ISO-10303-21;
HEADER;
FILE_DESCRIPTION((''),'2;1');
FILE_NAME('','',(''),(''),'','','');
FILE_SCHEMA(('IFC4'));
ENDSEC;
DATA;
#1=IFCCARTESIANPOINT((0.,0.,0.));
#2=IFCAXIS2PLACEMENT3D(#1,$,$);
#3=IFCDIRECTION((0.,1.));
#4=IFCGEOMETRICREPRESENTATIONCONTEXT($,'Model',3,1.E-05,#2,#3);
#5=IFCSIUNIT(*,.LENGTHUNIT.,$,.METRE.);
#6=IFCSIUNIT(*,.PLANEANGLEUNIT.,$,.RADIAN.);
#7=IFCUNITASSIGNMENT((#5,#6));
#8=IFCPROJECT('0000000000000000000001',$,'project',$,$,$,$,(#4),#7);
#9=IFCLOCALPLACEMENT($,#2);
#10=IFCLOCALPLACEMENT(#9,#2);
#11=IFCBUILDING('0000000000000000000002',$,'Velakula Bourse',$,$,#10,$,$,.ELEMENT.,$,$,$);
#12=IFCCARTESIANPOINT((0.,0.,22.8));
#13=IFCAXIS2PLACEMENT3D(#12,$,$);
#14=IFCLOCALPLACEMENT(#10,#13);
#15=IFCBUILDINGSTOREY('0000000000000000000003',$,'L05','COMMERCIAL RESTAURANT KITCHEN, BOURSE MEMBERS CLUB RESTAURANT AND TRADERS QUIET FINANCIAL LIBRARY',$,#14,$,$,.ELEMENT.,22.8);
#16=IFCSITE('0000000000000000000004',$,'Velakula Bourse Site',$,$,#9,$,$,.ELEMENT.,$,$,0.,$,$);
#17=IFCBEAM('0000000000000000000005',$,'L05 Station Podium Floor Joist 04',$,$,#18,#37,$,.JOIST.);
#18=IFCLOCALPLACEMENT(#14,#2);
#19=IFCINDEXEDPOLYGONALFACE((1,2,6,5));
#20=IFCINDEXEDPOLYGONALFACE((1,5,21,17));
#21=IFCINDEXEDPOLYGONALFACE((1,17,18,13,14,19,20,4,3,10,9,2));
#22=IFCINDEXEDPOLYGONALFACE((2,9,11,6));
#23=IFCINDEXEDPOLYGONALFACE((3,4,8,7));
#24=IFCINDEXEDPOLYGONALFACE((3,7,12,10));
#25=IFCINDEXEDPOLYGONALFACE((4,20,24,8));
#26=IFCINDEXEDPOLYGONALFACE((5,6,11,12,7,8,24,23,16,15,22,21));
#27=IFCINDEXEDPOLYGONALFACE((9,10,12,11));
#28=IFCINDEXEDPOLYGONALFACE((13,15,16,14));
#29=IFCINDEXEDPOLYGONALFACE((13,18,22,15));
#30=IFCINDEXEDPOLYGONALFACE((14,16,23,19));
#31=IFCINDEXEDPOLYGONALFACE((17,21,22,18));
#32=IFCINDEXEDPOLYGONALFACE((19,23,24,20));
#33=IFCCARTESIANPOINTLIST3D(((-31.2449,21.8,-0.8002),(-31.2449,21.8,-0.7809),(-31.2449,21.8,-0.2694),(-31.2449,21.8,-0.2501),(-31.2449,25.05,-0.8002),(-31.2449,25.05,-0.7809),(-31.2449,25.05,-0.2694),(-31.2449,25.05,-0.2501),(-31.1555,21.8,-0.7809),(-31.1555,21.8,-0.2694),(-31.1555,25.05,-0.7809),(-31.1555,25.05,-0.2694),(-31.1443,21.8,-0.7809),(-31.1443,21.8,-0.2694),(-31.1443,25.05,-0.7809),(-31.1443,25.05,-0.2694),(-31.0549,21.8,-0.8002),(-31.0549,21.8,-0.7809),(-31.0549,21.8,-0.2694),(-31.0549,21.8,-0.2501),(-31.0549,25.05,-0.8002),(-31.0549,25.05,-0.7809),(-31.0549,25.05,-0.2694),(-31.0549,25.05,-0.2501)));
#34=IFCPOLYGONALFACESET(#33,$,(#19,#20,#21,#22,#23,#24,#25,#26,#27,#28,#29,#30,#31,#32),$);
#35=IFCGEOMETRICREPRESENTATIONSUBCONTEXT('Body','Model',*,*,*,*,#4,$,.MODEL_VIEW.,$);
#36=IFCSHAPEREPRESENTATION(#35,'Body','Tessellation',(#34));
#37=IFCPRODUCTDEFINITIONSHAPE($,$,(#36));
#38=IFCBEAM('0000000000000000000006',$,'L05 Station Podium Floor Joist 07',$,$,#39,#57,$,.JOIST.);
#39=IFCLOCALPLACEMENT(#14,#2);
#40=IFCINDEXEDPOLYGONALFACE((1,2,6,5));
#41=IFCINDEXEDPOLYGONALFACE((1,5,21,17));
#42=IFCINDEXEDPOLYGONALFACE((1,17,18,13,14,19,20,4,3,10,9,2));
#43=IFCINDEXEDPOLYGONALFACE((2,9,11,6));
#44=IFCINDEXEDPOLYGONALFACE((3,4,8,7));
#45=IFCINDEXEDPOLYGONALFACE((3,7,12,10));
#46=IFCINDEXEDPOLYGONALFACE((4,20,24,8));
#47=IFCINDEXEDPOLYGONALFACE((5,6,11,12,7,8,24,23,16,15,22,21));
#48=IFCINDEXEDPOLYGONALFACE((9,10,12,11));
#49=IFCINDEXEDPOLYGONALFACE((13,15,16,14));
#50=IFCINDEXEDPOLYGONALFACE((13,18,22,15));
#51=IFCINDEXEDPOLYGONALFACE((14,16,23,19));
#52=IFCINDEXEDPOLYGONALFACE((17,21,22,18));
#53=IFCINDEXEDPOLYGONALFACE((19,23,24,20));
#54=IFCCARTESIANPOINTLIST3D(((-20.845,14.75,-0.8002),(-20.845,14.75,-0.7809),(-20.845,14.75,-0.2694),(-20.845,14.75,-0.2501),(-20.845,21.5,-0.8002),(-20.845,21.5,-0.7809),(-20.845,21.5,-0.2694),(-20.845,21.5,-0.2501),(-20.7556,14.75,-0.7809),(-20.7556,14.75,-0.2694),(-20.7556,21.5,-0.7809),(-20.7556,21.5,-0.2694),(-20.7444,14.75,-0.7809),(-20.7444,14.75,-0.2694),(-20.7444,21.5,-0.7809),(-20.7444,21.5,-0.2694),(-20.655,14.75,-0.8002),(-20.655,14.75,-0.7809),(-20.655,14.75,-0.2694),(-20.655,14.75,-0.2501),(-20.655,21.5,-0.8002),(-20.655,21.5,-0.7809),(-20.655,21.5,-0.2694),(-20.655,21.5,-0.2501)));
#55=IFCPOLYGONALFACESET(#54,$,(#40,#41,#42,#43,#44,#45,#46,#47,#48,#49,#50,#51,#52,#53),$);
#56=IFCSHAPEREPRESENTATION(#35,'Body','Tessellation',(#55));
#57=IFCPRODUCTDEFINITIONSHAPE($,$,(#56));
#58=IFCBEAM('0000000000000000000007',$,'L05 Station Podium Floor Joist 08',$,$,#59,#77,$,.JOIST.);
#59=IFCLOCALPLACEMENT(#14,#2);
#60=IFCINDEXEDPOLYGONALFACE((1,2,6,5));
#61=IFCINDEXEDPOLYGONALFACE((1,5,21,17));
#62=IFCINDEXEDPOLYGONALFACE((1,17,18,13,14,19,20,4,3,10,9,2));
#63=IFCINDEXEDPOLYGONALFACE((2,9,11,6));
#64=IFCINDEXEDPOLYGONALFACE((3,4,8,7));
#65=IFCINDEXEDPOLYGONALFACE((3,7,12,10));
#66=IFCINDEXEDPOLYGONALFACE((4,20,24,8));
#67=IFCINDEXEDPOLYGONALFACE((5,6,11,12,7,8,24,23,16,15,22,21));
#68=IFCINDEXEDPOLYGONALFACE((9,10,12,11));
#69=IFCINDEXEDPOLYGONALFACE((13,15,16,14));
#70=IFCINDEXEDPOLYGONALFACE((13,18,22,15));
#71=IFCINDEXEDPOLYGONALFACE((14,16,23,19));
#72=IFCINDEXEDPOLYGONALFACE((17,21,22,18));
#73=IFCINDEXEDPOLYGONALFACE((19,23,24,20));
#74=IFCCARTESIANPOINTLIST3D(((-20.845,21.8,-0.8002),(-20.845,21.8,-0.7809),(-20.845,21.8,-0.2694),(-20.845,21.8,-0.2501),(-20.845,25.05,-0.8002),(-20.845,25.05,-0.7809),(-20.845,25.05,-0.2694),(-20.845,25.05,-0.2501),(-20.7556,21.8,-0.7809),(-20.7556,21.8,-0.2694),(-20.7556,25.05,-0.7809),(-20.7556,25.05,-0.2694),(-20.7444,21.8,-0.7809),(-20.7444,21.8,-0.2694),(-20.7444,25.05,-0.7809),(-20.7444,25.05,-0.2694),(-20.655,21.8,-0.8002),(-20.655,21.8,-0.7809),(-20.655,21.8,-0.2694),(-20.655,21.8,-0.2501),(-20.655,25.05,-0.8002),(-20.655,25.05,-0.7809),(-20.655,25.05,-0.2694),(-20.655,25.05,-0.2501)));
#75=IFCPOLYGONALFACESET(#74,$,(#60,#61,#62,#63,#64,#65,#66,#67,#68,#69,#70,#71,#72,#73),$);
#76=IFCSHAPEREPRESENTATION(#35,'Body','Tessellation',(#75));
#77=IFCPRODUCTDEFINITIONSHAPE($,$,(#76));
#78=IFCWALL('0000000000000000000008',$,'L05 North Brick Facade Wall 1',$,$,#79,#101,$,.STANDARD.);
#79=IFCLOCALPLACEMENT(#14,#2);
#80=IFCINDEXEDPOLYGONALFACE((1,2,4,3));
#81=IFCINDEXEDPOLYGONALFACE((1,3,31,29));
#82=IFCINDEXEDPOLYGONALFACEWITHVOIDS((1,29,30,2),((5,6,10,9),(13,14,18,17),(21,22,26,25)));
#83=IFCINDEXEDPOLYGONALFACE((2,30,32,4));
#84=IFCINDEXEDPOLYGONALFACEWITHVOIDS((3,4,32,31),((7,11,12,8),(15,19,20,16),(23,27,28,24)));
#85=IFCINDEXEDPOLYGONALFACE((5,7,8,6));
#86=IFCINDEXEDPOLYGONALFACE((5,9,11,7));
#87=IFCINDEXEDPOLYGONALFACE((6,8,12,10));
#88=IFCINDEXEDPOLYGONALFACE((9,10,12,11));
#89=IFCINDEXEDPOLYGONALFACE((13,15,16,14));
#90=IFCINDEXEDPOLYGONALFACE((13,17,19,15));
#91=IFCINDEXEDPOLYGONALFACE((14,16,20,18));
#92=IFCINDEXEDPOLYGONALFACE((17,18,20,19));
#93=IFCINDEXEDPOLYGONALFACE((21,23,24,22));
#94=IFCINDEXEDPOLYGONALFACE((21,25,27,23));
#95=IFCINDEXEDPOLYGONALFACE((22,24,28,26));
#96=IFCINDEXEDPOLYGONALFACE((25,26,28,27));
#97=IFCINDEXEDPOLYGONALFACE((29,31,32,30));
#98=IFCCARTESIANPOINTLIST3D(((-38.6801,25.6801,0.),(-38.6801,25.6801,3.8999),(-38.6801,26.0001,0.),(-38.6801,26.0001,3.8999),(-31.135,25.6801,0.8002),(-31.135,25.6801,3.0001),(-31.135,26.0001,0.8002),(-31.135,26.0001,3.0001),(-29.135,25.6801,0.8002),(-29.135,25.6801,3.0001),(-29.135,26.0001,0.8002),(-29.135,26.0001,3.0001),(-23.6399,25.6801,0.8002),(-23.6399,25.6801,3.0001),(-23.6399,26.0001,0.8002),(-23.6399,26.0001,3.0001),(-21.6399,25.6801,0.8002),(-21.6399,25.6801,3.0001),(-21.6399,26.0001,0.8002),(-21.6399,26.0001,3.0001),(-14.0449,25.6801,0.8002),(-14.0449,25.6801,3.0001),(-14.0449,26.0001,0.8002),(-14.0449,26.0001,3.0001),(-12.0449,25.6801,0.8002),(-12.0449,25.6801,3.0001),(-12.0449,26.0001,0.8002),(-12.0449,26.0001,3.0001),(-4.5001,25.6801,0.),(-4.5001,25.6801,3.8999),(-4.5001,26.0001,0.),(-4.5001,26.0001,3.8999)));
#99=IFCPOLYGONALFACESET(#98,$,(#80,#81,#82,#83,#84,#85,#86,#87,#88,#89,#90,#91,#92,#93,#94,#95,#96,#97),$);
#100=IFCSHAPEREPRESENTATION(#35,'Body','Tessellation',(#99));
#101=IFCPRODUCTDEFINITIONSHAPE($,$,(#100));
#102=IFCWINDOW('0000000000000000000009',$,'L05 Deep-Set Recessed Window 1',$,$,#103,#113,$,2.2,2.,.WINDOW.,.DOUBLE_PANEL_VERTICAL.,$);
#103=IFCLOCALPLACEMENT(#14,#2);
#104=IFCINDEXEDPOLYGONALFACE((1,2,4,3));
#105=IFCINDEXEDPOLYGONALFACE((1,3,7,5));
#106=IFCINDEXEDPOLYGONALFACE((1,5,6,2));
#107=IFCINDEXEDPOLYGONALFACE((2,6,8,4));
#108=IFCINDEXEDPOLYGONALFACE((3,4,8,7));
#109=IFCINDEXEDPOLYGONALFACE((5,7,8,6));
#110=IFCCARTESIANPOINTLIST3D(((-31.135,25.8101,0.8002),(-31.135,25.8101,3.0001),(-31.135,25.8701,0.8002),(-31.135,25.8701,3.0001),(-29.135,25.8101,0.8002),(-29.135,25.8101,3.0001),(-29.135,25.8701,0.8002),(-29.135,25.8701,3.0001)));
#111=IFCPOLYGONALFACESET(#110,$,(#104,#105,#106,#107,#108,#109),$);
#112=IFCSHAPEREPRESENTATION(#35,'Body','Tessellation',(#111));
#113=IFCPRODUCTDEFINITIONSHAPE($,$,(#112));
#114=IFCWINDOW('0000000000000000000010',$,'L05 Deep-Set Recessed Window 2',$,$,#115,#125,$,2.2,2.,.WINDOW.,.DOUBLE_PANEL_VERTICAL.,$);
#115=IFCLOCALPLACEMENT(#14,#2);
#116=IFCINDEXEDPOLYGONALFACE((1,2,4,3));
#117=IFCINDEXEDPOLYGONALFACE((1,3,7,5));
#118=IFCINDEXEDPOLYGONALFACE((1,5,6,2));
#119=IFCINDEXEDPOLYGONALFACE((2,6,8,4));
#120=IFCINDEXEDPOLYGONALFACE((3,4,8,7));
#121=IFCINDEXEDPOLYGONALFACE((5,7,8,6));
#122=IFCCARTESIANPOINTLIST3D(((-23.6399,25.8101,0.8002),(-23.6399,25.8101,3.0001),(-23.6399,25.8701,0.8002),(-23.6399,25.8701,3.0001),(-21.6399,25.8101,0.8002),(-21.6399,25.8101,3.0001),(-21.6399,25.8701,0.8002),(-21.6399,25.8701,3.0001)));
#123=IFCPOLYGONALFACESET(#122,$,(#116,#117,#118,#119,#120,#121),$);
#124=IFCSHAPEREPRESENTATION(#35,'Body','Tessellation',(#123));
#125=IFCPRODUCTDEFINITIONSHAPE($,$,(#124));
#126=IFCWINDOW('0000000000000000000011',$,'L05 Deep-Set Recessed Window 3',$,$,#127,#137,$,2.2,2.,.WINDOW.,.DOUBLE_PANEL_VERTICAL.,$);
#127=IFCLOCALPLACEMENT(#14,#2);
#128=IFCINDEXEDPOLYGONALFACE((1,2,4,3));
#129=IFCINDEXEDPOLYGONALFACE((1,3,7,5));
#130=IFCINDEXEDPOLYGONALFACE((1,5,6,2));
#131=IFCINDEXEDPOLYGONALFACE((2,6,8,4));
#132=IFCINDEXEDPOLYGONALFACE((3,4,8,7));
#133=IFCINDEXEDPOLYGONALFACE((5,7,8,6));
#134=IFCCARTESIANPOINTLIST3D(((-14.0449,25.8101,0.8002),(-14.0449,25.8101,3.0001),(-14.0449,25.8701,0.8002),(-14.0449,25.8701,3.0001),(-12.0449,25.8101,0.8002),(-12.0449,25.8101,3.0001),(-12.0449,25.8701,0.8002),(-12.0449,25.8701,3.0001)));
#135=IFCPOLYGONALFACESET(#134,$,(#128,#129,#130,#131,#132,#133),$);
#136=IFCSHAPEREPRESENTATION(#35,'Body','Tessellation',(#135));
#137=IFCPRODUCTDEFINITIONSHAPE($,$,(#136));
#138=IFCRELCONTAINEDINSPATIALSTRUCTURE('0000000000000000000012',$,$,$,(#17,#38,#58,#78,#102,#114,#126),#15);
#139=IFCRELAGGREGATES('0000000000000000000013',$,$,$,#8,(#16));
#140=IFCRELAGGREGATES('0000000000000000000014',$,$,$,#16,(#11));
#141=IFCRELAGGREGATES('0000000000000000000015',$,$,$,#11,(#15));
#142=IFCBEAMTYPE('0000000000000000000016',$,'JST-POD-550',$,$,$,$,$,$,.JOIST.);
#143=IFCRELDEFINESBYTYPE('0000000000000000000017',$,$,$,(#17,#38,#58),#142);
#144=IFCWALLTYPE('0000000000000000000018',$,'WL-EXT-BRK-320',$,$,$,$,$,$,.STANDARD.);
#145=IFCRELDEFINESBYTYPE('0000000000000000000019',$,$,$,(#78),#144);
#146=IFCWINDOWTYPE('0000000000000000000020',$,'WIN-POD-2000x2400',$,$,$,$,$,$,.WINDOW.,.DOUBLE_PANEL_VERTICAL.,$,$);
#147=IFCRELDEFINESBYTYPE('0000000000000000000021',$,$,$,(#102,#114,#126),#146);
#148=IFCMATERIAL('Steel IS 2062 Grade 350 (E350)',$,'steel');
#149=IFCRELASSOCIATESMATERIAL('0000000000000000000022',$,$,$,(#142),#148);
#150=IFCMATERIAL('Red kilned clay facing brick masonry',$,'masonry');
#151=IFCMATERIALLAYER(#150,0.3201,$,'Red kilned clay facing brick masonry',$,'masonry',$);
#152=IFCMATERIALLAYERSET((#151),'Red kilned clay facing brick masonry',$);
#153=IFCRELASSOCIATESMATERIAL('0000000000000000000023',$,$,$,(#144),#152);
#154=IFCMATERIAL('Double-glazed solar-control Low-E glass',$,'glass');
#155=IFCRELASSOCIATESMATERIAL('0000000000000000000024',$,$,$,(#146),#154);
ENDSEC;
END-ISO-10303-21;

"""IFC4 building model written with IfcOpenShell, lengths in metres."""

from ifc_helpers import new_model, si_unit, direction, frame, frame_2d, origin, origin_2d, place, context, subcontext, project, spatial, rectangle, i_section, extrude, material, layer, layer_set, material_profile, profile_set, type_object, element, fill, save


model = new_model("IFC4")

# Units and contexts
model_context = context("Model", 3, precision=1e-05, world=origin(), true_north=direction((0.0, 1.0)))
body_context = subcontext(model_context, "Body", "Model", "MODEL_VIEW")
ifc_project = project(units=[si_unit("LENGTHUNIT", "METRE"), si_unit("PLANEANGLEUNIT", "RADIAN")], contexts=[model_context])

# Site, building, storey
site_placement = place(None, origin())
site = spatial("IfcSite", under=ifc_project, at=site_placement, Name="Velakula Bourse Site", CompositionType="ELEMENT", RefElevation=0.0)
building_placement = place(site_placement, origin())
building = spatial("IfcBuilding", under=site, at=building_placement, Name="Velakula Bourse", CompositionType="ELEMENT")
storey_placement = place(building_placement, frame((0.0, 0.0, 22.8)))
storey = spatial("IfcBuildingStorey", under=building, at=storey_placement, Name="L05", Description="COMMERCIAL RESTAURANT KITCHEN, BOURSE MEMBERS CLUB RESTAURANT AND TRADERS QUIET FINANCIAL LIBRARY", CompositionType="ELEMENT", Elevation=22.8)

# Beams
ifc_material_1 = material(Name="Steel IS 2062 Grade 350 (E350)", Category="steel")
ifc_material_profile_1 = material_profile(ifc_material_1, i_section(OverallWidth=0.1899, OverallDepth=0.55, WebThickness=0.0112, FlangeThickness=0.0193, at=origin_2d()), Name="Steel IS 2062 Grade 350 (E350)")
ifc_profile_set_1 = profile_set([ifc_material_profile_1], Name="Steel IS 2062 Grade 350 (E350)")
beam_type_1 = type_object("IfcBeamType", Name="JST-POD-550", PredefinedType="JOIST", material=ifc_profile_set_1)
beam_1_placement = place(storey_placement, frame((-31.1499, 21.8, -0.5251), z_axis=(0.0, 1.0, 0.0), x_axis=(-1.0, 0.0, 0.0)))
element("IfcBeam", 1, at=beam_1_placement, inside=storey, type_object=beam_type_1, Name="L05 Station Podium Floor Joist 04", PredefinedType="JOIST", context=body_context, shape_type="SweptSolid", body=[
    extrude(i_section(OverallWidth=0.1899, OverallDepth=0.55, WebThickness=0.0112, FlangeThickness=0.0193, at=origin_2d()), origin(), (0.0, 0.0, 1.0), 3.25),
])
beam_2_placement = place(storey_placement, frame((-20.75, 14.75, -0.5251), z_axis=(0.0, 1.0, 0.0), x_axis=(-1.0, 0.0, 0.0)))
element("IfcBeam", 2, at=beam_2_placement, inside=storey, type_object=beam_type_1, Name="L05 Station Podium Floor Joist 07", PredefinedType="JOIST", context=body_context, shape_type="SweptSolid", body=[
    extrude(i_section(OverallWidth=0.1899, OverallDepth=0.55, WebThickness=0.0112, FlangeThickness=0.0193, at=origin_2d()), origin(), (0.0, 0.0, 1.0), 6.75),
])
beam_3_placement = place(storey_placement, frame((-20.75, 21.8, -0.5251), z_axis=(0.0, 1.0, 0.0), x_axis=(-1.0, 0.0, 0.0)))
element("IfcBeam", 3, at=beam_3_placement, inside=storey, type_object=beam_type_1, Name="L05 Station Podium Floor Joist 08", PredefinedType="JOIST", context=body_context, shape_type="SweptSolid", body=[
    extrude(i_section(OverallWidth=0.1899, OverallDepth=0.55, WebThickness=0.0112, FlangeThickness=0.0193, at=origin_2d()), origin(), (0.0, 0.0, 1.0), 3.25),
])

# Wall, openings, windows
ifc_material_2 = material(Name="Red kilned clay facing brick masonry", Category="masonry")
ifc_layer = layer(ifc_material_2, 0.3201, Name="Red kilned clay facing brick masonry", Category="masonry")
ifc_layer_set = layer_set([ifc_layer], Name="Red kilned clay facing brick masonry")
wall_type = type_object("IfcWallType", Name="WL-EXT-BRK-320", PredefinedType="STANDARD", material=ifc_layer_set)
wall_placement = place(storey_placement, frame((-38.6799, 25.8401, 0.0), z_axis=(0.0, 0.0, 1.0), x_axis=(1.0, 0.0, 0.0)))
wall = element("IfcWall", 4, at=wall_placement, inside=storey, type_object=wall_type, Name="L05 North Brick Facade Wall 1", PredefinedType="STANDARD", context=body_context, shape_type="SweptSolid", body=[
    extrude(rectangle(XDim=34.1799, YDim=0.3201, at=frame_2d((17.0898, 0.0))), origin(), (0.0, 0.0, 1.0), 3.8999),
])
opening_1_placement = place(wall_placement, frame((7.5449, 0.0, 0.8)))
opening_1 = element("IfcOpeningElement", 5, at=opening_1_placement, cuts=wall, PredefinedType="OPENING", context=body_context, shape_type="SweptSolid", body=[
    extrude(rectangle(XDim=2.0, YDim=2.2, at=frame_2d((1.0, 1.1001))), frame((0.0, 0.1699, 0.0), z_axis=(0.0, -1.0, 0.0), x_axis=(1.0, 0.0, 0.0)), (0.0, 0.0, 1.0), 0.3401),
])
opening_2_placement = place(wall_placement, frame((15.04, 0.0, 0.8)))
opening_2 = element("IfcOpeningElement", 6, at=opening_2_placement, cuts=wall, PredefinedType="OPENING", context=body_context, shape_type="SweptSolid", body=[
    extrude(rectangle(XDim=2.0, YDim=2.2, at=frame_2d((1.0, 1.1001))), frame((0.0, 0.1699, 0.0), z_axis=(0.0, -1.0, 0.0), x_axis=(1.0, 0.0, 0.0)), (0.0, 0.0, 1.0), 0.3401),
])
opening_3_placement = place(wall_placement, frame((24.635, 0.0, 0.8)))
opening_3 = element("IfcOpeningElement", 7, at=opening_3_placement, cuts=wall, PredefinedType="OPENING", context=body_context, shape_type="SweptSolid", body=[
    extrude(rectangle(XDim=2.0, YDim=2.2, at=frame_2d((1.0, 1.1001))), frame((0.0, 0.1699, 0.0), z_axis=(0.0, -1.0, 0.0), x_axis=(1.0, 0.0, 0.0)), (0.0, 0.0, 1.0), 0.3401),
])
ifc_material_3 = material(Name="Double-glazed solar-control Low-E glass", Category="glass")
window_type = type_object("IfcWindowType", Name="WIN-POD-2000x2400", PartitioningType="DOUBLE_PANEL_VERTICAL", PredefinedType="WINDOW", material=ifc_material_3)
window_1_placement = place(opening_1_placement, origin())
window_1 = element("IfcWindow", 8, at=window_1_placement, inside=storey, type_object=window_type, Name="L05 Deep-Set Recessed Window 1", OverallHeight=2.2, OverallWidth=2.0, PartitioningType="DOUBLE_PANEL_VERTICAL", PredefinedType="WINDOW", context=body_context, shape_type="SweptSolid", body=[
    extrude(rectangle(XDim=2.0, YDim=2.2, at=frame_2d((1.0, 1.1001))), frame((0.0, 0.03, 0.0), z_axis=(0.0, -1.0, 0.0), x_axis=(1.0, 0.0, 0.0)), (0.0, 0.0, 1.0), 0.0601),
])
fill(opening_1, window_1)
window_2_placement = place(opening_2_placement, origin())
window_2 = element("IfcWindow", 9, at=window_2_placement, inside=storey, type_object=window_type, Name="L05 Deep-Set Recessed Window 2", OverallHeight=2.2, OverallWidth=2.0, PartitioningType="DOUBLE_PANEL_VERTICAL", PredefinedType="WINDOW", context=body_context, shape_type="SweptSolid", body=[
    extrude(rectangle(XDim=2.0, YDim=2.2, at=frame_2d((1.0, 1.1001))), frame((0.0, 0.03, 0.0), z_axis=(0.0, -1.0, 0.0), x_axis=(1.0, 0.0, 0.0)), (0.0, 0.0, 1.0), 0.0601),
])
fill(opening_2, window_2)
window_3_placement = place(opening_3_placement, origin())
window_3 = element("IfcWindow", 10, at=window_3_placement, inside=storey, type_object=window_type, Name="L05 Deep-Set Recessed Window 3", OverallHeight=2.2, OverallWidth=2.0, PartitioningType="DOUBLE_PANEL_VERTICAL", PredefinedType="WINDOW", context=body_context, shape_type="SweptSolid", body=[
    extrude(rectangle(XDim=2.0, YDim=2.2, at=frame_2d((1.0, 1.1001))), frame((0.0, 0.03, 0.0), z_axis=(0.0, -1.0, 0.0), x_axis=(1.0, 0.0, 0.0)), (0.0, 0.0, 1.0), 0.0601),
])
fill(opening_3, window_3)

save(model, "model.ifc")
